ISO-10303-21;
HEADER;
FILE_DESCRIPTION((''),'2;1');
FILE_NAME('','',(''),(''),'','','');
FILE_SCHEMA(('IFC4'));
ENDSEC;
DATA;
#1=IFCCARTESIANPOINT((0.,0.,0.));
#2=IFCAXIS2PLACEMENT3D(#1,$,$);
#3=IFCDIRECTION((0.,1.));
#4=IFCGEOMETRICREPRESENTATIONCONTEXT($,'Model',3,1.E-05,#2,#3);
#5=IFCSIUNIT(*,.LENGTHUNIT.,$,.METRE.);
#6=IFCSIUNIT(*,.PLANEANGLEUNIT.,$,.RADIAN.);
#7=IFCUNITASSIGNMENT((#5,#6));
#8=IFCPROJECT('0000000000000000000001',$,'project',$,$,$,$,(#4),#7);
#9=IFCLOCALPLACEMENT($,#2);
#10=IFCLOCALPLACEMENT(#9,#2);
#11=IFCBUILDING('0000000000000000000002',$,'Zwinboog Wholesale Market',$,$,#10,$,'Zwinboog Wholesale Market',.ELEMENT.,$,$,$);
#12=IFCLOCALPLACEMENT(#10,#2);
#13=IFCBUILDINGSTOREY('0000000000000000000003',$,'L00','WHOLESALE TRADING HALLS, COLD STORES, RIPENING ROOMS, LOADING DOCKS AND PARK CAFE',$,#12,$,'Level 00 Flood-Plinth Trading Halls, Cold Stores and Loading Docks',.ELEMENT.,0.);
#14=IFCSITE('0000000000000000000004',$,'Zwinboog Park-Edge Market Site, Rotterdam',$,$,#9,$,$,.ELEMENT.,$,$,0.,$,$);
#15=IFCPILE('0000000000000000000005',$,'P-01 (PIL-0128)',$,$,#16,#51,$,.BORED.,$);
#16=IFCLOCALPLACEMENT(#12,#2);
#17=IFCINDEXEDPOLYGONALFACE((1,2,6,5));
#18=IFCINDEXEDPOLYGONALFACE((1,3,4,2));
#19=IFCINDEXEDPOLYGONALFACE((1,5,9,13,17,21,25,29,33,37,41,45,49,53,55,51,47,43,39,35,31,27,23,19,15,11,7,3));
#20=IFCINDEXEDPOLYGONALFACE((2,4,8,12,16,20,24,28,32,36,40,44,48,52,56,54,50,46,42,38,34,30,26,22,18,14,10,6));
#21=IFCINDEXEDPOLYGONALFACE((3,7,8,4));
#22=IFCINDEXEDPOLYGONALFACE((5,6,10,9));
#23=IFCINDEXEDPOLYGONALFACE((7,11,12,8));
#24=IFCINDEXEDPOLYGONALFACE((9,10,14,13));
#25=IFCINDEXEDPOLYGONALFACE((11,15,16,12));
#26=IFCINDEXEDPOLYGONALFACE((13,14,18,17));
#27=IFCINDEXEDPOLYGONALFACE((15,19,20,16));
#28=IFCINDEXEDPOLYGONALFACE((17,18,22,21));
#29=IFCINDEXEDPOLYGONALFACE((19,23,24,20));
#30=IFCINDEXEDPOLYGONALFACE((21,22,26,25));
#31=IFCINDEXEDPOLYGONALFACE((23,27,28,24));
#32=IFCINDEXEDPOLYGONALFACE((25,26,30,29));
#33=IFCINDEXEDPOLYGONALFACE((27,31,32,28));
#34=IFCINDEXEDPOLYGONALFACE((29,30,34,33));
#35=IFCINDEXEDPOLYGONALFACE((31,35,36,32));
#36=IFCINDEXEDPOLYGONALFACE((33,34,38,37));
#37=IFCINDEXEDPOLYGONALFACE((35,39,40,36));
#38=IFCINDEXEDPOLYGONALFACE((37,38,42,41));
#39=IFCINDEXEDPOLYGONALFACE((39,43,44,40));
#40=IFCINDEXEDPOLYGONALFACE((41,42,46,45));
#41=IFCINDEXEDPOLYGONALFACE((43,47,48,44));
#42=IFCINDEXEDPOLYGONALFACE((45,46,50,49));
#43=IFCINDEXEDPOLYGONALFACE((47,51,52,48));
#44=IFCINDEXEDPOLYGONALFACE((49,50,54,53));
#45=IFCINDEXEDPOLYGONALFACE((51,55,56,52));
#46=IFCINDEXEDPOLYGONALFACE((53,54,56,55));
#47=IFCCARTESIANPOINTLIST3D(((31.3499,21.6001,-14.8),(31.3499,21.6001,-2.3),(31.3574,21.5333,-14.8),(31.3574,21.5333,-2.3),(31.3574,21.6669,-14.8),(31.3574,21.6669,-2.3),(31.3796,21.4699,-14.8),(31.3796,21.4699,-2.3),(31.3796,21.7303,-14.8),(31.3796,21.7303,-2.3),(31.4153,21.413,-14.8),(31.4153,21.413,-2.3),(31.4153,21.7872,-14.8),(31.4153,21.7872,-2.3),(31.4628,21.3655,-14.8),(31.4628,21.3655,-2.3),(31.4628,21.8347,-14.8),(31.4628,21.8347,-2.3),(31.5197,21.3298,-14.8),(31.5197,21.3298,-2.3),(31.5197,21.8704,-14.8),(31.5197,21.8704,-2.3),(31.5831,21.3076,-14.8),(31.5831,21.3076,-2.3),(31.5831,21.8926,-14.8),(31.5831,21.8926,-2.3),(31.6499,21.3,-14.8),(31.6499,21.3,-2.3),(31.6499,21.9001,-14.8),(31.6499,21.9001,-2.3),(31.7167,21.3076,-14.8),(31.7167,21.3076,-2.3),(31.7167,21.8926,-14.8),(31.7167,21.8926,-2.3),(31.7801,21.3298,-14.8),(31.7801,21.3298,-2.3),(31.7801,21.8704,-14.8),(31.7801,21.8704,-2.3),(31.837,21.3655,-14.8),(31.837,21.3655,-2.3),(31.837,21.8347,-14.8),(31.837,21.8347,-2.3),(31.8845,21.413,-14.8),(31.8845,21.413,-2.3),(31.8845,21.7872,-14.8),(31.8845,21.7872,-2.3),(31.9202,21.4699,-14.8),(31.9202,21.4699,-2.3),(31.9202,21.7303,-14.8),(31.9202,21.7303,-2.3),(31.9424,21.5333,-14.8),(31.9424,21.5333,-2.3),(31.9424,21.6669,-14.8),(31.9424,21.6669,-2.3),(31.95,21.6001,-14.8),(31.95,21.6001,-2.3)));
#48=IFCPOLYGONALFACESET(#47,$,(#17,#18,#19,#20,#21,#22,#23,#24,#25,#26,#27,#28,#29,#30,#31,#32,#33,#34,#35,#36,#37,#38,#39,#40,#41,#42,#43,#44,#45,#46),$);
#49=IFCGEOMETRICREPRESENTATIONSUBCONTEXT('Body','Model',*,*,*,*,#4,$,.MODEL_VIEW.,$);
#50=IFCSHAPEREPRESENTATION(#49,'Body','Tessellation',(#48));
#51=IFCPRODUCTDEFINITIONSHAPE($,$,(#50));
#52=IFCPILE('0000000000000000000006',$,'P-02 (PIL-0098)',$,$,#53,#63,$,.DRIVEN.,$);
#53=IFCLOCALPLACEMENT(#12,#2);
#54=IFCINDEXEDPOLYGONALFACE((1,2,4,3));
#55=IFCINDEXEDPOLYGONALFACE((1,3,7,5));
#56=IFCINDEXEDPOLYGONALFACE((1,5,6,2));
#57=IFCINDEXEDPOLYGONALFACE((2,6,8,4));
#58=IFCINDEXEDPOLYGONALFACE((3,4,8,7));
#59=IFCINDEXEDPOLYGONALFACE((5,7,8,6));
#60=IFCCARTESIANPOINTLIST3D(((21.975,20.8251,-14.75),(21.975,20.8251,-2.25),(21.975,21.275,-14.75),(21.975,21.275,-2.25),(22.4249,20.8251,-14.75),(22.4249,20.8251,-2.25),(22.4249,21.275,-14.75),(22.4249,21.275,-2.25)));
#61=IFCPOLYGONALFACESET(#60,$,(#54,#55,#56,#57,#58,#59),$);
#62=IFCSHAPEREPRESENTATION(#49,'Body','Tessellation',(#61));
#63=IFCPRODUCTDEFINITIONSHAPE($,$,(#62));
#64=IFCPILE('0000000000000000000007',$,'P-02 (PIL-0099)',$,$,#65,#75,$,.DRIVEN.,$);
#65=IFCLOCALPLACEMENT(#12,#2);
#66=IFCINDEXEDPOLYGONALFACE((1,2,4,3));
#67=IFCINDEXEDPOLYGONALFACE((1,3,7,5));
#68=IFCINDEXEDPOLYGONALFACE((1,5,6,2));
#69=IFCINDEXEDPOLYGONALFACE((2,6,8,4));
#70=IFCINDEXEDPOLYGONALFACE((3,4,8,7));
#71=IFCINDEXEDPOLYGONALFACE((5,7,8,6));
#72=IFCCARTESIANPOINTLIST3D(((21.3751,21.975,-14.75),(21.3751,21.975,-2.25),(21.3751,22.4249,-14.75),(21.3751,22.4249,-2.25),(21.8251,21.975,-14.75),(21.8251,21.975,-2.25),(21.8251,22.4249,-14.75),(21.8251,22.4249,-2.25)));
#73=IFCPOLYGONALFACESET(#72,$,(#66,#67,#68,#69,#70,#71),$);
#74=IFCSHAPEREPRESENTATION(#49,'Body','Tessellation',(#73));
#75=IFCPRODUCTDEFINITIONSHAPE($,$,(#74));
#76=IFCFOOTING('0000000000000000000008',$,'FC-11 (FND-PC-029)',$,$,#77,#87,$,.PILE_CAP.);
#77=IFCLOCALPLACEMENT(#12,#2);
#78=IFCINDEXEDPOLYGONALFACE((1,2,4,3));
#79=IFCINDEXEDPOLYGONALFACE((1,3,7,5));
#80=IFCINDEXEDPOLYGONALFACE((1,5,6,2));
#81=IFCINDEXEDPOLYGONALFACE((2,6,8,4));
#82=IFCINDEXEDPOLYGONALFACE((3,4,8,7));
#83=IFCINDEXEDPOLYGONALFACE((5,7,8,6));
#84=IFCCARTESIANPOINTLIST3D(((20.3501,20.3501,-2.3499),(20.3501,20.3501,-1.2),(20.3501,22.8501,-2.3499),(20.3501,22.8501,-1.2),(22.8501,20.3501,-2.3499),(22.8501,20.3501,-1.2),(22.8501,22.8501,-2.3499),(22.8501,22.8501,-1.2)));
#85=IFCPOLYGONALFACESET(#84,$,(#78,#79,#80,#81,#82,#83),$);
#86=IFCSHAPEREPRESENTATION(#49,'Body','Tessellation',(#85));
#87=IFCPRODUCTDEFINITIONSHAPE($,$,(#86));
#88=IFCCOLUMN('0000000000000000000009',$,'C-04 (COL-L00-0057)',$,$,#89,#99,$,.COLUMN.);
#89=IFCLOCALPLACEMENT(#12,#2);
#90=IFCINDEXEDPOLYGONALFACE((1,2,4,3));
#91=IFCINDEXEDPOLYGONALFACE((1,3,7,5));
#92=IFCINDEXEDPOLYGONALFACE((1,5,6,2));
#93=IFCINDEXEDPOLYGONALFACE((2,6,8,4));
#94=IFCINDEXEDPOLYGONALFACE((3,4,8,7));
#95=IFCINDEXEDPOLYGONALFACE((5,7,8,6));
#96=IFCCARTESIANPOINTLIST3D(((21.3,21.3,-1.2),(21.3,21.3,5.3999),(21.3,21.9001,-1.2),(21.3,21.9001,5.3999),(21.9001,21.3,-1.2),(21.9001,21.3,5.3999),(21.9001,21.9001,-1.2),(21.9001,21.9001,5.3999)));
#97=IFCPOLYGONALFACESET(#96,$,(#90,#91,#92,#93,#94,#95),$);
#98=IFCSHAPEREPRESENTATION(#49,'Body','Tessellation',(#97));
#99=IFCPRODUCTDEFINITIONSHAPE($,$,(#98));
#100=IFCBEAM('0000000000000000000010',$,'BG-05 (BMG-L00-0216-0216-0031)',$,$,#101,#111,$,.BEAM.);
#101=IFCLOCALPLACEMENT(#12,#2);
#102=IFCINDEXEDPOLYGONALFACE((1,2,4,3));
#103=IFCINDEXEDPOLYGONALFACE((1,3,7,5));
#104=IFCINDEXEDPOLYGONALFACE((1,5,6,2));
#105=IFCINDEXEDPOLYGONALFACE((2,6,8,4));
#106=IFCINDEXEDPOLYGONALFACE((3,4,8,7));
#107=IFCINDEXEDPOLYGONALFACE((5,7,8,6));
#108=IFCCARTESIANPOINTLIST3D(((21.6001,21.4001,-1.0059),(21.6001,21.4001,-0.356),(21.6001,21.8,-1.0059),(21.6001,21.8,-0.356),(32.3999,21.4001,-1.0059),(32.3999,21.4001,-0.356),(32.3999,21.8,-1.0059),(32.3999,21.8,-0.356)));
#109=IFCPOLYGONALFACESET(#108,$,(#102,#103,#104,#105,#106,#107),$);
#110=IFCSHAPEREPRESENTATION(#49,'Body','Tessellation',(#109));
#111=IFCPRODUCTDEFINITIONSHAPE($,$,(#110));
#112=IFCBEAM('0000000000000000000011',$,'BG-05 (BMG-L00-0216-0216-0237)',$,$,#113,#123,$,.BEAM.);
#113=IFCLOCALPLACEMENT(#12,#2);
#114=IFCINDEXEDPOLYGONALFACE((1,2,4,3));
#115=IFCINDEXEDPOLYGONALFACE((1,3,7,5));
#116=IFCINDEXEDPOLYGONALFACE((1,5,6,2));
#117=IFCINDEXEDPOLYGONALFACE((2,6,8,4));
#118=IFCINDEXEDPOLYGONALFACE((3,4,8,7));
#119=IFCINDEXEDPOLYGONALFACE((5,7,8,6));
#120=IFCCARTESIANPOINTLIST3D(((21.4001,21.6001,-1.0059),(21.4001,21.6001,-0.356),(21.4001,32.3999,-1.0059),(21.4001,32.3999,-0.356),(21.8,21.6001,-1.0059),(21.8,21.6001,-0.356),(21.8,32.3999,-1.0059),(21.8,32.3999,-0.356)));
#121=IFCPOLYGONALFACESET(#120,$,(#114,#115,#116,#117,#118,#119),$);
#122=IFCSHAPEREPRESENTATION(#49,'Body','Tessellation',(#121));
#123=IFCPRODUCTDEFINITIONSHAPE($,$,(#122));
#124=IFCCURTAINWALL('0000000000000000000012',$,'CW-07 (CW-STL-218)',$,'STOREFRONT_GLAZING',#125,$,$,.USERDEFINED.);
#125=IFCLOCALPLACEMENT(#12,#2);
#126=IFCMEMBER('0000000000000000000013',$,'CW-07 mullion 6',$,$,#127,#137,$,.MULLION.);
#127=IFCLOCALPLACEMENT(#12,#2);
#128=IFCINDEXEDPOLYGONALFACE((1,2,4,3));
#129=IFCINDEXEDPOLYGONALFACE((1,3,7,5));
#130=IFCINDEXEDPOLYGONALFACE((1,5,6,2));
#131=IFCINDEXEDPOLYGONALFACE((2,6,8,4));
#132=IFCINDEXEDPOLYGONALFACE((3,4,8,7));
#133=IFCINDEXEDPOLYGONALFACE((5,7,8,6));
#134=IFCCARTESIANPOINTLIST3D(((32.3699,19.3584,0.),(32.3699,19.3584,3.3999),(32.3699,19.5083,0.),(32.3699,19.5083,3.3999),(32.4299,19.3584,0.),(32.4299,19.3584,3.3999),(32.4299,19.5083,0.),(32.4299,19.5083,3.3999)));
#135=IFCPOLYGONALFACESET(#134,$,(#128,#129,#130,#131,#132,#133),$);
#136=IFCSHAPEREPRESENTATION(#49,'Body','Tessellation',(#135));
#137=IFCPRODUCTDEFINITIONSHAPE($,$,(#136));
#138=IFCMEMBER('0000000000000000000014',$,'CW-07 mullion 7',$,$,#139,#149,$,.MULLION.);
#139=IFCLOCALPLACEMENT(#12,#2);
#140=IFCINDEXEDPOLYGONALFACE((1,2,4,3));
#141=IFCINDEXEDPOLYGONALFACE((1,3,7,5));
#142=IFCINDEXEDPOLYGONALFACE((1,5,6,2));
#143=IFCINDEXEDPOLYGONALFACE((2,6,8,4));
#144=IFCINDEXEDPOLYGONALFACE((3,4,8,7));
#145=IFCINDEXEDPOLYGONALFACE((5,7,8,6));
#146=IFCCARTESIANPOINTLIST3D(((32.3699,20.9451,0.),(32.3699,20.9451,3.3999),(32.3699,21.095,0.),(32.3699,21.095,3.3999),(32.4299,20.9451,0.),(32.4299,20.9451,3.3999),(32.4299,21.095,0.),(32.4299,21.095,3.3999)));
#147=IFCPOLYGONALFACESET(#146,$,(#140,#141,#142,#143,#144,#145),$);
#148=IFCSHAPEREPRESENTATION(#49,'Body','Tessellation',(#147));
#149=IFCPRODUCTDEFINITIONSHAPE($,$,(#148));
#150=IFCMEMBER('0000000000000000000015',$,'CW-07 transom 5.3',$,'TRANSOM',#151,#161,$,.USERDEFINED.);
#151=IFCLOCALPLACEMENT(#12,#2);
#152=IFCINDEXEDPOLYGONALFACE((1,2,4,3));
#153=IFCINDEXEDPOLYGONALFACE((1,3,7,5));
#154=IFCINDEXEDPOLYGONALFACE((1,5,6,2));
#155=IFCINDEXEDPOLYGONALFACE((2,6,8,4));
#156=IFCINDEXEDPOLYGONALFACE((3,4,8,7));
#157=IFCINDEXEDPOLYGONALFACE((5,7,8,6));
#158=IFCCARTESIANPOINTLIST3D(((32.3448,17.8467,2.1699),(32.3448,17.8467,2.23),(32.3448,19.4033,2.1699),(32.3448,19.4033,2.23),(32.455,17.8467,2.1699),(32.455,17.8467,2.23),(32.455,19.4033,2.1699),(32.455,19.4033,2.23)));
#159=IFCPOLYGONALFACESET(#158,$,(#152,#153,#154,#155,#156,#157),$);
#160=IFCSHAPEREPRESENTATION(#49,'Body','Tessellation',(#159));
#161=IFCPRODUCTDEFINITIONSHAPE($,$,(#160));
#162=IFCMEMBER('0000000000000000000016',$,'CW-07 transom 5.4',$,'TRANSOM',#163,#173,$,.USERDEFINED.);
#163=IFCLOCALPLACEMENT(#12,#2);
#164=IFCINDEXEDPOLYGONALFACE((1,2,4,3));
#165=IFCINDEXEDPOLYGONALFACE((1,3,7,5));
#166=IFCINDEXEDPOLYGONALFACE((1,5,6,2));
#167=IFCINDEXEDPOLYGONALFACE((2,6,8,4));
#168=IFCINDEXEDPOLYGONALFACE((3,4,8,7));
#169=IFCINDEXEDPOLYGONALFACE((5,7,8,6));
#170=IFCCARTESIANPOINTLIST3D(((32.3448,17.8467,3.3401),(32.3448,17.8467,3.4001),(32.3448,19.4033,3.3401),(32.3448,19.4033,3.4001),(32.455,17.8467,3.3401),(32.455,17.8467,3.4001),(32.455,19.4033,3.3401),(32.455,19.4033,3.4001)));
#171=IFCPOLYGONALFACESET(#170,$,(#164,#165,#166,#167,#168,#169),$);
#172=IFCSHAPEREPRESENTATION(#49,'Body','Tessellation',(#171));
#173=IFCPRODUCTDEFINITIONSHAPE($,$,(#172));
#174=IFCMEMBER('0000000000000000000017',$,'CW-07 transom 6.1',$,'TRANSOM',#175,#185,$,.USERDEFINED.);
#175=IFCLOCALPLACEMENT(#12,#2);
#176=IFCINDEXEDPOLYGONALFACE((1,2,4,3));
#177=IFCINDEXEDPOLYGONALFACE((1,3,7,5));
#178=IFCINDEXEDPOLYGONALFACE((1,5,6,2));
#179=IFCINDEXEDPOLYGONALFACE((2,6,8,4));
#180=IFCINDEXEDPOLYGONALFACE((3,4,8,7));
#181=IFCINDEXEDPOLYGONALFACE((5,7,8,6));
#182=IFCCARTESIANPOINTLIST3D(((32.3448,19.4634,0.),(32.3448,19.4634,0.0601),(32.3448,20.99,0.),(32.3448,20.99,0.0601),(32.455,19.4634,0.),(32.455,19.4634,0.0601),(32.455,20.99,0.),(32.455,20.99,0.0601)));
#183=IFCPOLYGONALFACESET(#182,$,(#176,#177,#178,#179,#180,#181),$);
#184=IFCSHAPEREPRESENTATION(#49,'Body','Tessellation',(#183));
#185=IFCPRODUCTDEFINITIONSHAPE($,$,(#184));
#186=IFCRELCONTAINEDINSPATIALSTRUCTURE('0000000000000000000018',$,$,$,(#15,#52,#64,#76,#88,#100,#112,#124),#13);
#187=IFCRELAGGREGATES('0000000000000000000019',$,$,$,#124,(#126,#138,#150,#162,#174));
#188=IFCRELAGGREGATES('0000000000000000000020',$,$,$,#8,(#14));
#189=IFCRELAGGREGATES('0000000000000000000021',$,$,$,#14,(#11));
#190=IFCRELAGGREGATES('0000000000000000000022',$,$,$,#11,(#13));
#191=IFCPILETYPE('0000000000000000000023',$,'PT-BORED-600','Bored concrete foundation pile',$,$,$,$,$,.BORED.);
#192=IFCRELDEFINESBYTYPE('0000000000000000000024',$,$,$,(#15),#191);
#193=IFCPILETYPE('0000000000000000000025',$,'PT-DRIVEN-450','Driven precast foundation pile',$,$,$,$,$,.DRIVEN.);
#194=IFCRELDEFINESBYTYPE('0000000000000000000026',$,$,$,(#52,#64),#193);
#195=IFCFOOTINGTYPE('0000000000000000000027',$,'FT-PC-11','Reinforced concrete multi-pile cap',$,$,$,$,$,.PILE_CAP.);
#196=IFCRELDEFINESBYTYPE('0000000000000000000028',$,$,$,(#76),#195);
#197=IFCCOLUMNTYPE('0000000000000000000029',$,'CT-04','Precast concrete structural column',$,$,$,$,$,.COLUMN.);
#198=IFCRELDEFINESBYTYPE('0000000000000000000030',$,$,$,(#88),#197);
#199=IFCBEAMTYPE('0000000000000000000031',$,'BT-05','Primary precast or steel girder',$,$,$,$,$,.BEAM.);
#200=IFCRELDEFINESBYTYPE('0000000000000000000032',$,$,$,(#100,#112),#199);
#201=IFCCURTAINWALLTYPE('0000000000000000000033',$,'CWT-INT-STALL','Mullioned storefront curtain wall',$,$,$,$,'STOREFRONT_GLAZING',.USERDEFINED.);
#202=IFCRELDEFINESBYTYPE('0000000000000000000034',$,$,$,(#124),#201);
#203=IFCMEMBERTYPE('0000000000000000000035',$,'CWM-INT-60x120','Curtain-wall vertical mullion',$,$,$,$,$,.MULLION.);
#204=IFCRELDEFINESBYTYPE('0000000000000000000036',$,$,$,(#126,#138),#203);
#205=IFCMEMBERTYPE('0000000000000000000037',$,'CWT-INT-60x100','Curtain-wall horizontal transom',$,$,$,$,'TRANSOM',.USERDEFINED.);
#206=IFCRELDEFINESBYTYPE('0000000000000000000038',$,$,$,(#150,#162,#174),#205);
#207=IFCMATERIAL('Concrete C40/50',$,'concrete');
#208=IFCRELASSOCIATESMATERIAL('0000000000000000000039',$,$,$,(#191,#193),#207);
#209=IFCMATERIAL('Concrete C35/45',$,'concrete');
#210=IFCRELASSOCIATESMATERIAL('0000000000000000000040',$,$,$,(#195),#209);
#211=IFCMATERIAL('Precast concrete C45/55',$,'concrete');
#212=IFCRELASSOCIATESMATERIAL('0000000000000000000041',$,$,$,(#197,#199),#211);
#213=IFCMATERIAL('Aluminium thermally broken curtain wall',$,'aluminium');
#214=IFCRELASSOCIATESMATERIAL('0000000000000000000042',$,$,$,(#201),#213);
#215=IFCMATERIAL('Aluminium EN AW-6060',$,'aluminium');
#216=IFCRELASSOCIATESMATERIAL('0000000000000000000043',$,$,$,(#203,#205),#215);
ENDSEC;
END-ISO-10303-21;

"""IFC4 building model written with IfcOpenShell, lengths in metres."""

from ifc_helpers import new_model, si_unit, direction, frame, origin, origin_2d, place, context, subcontext, project, spatial, rectangle, circle, extrude, material, material_profile, profile_set, type_object, element, aggregate, save


model = new_model("IFC4")

# Units and contexts
model_context = context("Model", 3, precision=1e-05, world=origin(), true_north=direction((0.0, 1.0)))
body_context = subcontext(model_context, "Body", "Model", "MODEL_VIEW")
ifc_project = project(units=[si_unit("LENGTHUNIT", "METRE"), si_unit("PLANEANGLEUNIT", "RADIAN")], contexts=[model_context])

# Site, building, storey
site_placement = place(None, origin())
site = spatial("IfcSite", under=ifc_project, at=site_placement, Name="Zwinboog Park-Edge Market Site, Rotterdam", CompositionType="ELEMENT", RefElevation=0.0)
building_placement = place(site_placement, origin())
building = spatial("IfcBuilding", under=site, at=building_placement, Name="Zwinboog Wholesale Market", LongName="Zwinboog Wholesale Market", CompositionType="ELEMENT")
storey_placement = place(building_placement, origin())
storey = spatial("IfcBuildingStorey", under=building, at=storey_placement, Name="L00", Description="WHOLESALE TRADING HALLS, COLD STORES, RIPENING ROOMS, LOADING DOCKS AND PARK CAFE", LongName="Level 00 Flood-Plinth Trading Halls, Cold Stores and Loading Docks", CompositionType="ELEMENT", Elevation=0.0)

# Piles
ifc_material_1 = material(Name="Concrete C40/50", Category="concrete")
ifc_material_profile_1 = material_profile(ifc_material_1, circle(Radius=0.3, at=origin_2d()), Name="PILE D600")
ifc_profile_set_1 = profile_set([ifc_material_profile_1], Name="Concrete C40/50")
pile_type_1 = type_object("IfcPileType", Name="PT-BORED-600", Description="Bored concrete foundation pile", PredefinedType="BORED", material=ifc_profile_set_1)
pile_placement = place(storey_placement, frame((31.6499, 21.6001, -2.3), z_axis=(0.0, 0.0, -1.0), x_axis=(1.0, 0.0, 0.0)))
element("IfcPile", 1, at=pile_placement, inside=storey, type_object=pile_type_1, Name="P-01 (PIL-0128)", PredefinedType="BORED", context=body_context, shape_type="SweptSolid", body=[
    extrude(circle(Radius=0.3, at=origin_2d()), origin(), (0.0, 0.0, 1.0), 12.5),
])
ifc_material_profile_2 = material_profile(ifc_material_1, rectangle(XDim=0.45, YDim=0.45, at=origin_2d()), Name="PILE SQ450")
ifc_profile_set_2 = profile_set([ifc_material_profile_2], Name="Concrete C40/50")
pile_type_2 = type_object("IfcPileType", Name="PT-DRIVEN-450", Description="Driven precast foundation pile", PredefinedType="DRIVEN", material=ifc_profile_set_2)
for number, where, z_axis, x_axis, name in (
    (2, (22.2, 21.05, -2.25), (0.0, 0.0, -1.0), (1.0, 0.0, 0.0), "P-02 (PIL-0098)"),
    (3, (21.6001, 22.2, -2.25), (0.0, 0.0, -1.0), (1.0, 0.0, 0.0), "P-02 (PIL-0099)"),
):
    element("IfcPile", number, at=place(storey_placement, frame(where, z_axis=z_axis, x_axis=x_axis)), inside=storey, type_object=pile_type_2, Name=name, PredefinedType="DRIVEN", context=body_context, shape_type="SweptSolid", body=[
        extrude(rectangle(XDim=0.45, YDim=0.45, at=origin_2d()), origin(), (0.0, 0.0, 1.0), 12.5),
    ])

# Footing
ifc_material_2 = material(Name="Concrete C35/45", Category="concrete")
footing_type = type_object("IfcFootingType", Name="FT-PC-11", Description="Reinforced concrete multi-pile cap", PredefinedType="PILE_CAP", material=ifc_material_2)
footing_placement = place(storey_placement, frame((21.6001, 21.6001, -2.3499), z_axis=(0.0, 0.0, 1.0), x_axis=(1.0, 0.0, 0.0)))
element("IfcFooting", 4, at=footing_placement, inside=storey, type_object=footing_type, Name="FC-11 (FND-PC-029)", PredefinedType="PILE_CAP", context=body_context, shape_type="SweptSolid", body=[
    extrude(rectangle(XDim=2.5, YDim=2.5, at=origin_2d()), origin(), (0.0, 0.0, 1.0), 1.1499),
])

# Column
ifc_material_3 = material(Name="Precast concrete C45/55", Category="concrete")
ifc_material_profile_3 = material_profile(ifc_material_3, rectangle(XDim=0.6001, YDim=0.6001, at=origin_2d()), Name="PC 600x600")
ifc_profile_set_3 = profile_set([ifc_material_profile_3], Name="Precast concrete C45/55")
column_type = type_object("IfcColumnType", Name="CT-04", Description="Precast concrete structural column", PredefinedType="COLUMN", material=ifc_profile_set_3)
column_placement = place(storey_placement, frame((21.6001, 21.6001, -1.2), z_axis=(0.0, 0.0, 1.0), x_axis=(1.0, 0.0, 0.0)))
element("IfcColumn", 5, at=column_placement, inside=storey, type_object=column_type, Name="C-04 (COL-L00-0057)", PredefinedType="COLUMN", context=body_context, shape_type="SweptSolid", body=[
    extrude(rectangle(XDim=0.6001, YDim=0.6001, at=origin_2d()), origin(), (0.0, 0.0, 1.0), 6.5999),
])

# Beams
ifc_material_profile_4 = material_profile(ifc_material_3, rectangle(XDim=0.3999, YDim=0.6499, at=origin_2d()), Name="PC 400x650")
ifc_profile_set_4 = profile_set([ifc_material_profile_4], Name="Precast concrete C45/55")
beam_type = type_object("IfcBeamType", Name="BT-05", Description="Primary precast or steel girder", PredefinedType="BEAM", material=ifc_profile_set_4)
for number, where, z_axis, x_axis, name in (
    (6, (21.6001, 21.6001, -0.6809), (1.0, 0.0, 0.0), (0.0, 1.0, 0.0), "BG-05 (BMG-L00-0216-0216-0031)"),
    (7, (21.6001, 21.6001, -0.6809), (0.0, 1.0, 0.0), (-1.0, 0.0, 0.0), "BG-05 (BMG-L00-0216-0216-0237)"),
):
    element("IfcBeam", number, at=place(storey_placement, frame(where, z_axis=z_axis, x_axis=x_axis)), inside=storey, type_object=beam_type, Name=name, PredefinedType="BEAM", context=body_context, shape_type="SweptSolid", body=[
        extrude(rectangle(XDim=0.3999, YDim=0.6499, at=origin_2d()), origin(), (0.0, 0.0, 1.0), 10.7998),
    ])

# Curtain wall, members
ifc_material_4 = material(Name="Aluminium thermally broken curtain wall", Category="aluminium")
curtain_wall_type = type_object("IfcCurtainWallType", Name="CWT-INT-STALL", Description="Mullioned storefront curtain wall", ElementType="STOREFRONT_GLAZING", PredefinedType="USERDEFINED", material=ifc_material_4)
curtain_wall_placement = place(storey_placement, origin())
curtain_wall = element("IfcCurtainWall", 8, at=curtain_wall_placement, inside=storey, type_object=curtain_wall_type, Name="CW-07 (CW-STL-218)", ObjectType="STOREFRONT_GLAZING", PredefinedType="USERDEFINED")
ifc_material_5 = material(Name="Aluminium EN AW-6060", Category="aluminium")
ifc_material_profile_5 = material_profile(ifc_material_5, rectangle(XDim=0.0601, YDim=0.1499, at=origin_2d()), Name="AL 60x150")
ifc_profile_set_5 = profile_set([ifc_material_profile_5], Name="Aluminium EN AW-6060")
member_type_1 = type_object("IfcMemberType", Name="CWM-INT-60x120", Description="Curtain-wall vertical mullion", PredefinedType="MULLION", material=ifc_profile_set_5)
member_1_placement = place(storey_placement, frame((32.3999, 19.4333, 0.0), z_axis=(0.0, 0.0, 1.0), x_axis=(-1.0, 0.0, 0.0)))
member_1 = element("IfcMember", 9, at=member_1_placement, type_object=member_type_1, Name="CW-07 mullion 6", PredefinedType="MULLION", context=body_context, shape_type="SweptSolid", body=[
    extrude(rectangle(XDim=0.0601, YDim=0.1499, at=origin_2d()), origin(), (0.0, 0.0, 1.0), 3.3999),
])
member_2_placement = place(storey_placement, frame((32.3999, 21.02, 0.0), z_axis=(0.0, 0.0, 1.0), x_axis=(-1.0, 0.0, 0.0)))
member_2 = element("IfcMember", 10, at=member_2_placement, type_object=member_type_1, Name="CW-07 mullion 7", PredefinedType="MULLION", context=body_context, shape_type="SweptSolid", body=[
    extrude(rectangle(XDim=0.0601, YDim=0.1499, at=origin_2d()), origin(), (0.0, 0.0, 1.0), 3.3999),
])
ifc_material_profile_6 = material_profile(ifc_material_5, rectangle(XDim=0.1101, YDim=0.0601, at=origin_2d()), Name="AL 60x110")
ifc_profile_set_6 = profile_set([ifc_material_profile_6], Name="Aluminium EN AW-6060")
member_type_2 = type_object("IfcMemberType", Name="CWT-INT-60x100", Description="Curtain-wall horizontal transom", ElementType="TRANSOM", PredefinedType="USERDEFINED", material=ifc_profile_set_6)
member_3_placement = place(storey_placement, frame((32.3999, 17.8467, 2.2), z_axis=(0.0, 1.0, 0.0), x_axis=(-1.0, 0.0, 0.0)))
member_3 = element("IfcMember", 11, at=member_3_placement, type_object=member_type_2, Name="CW-07 transom 5.3", ObjectType="TRANSOM", PredefinedType="USERDEFINED", context=body_context, shape_type="SweptSolid", body=[
    extrude(rectangle(XDim=0.1101, YDim=0.0601, at=origin_2d()), origin(), (0.0, 0.0, 1.0), 1.5566),
])
member_4_placement = place(storey_placement, frame((32.3999, 17.8467, 3.3701), z_axis=(0.0, 1.0, 0.0), x_axis=(-1.0, 0.0, 0.0)))
member_4 = element("IfcMember", 12, at=member_4_placement, type_object=member_type_2, Name="CW-07 transom 5.4", ObjectType="TRANSOM", PredefinedType="USERDEFINED", context=body_context, shape_type="SweptSolid", body=[
    extrude(rectangle(XDim=0.1101, YDim=0.0601, at=origin_2d()), origin(), (0.0, 0.0, 1.0), 1.5566),
])
member_5_placement = place(storey_placement, frame((32.3999, 19.4634, 0.03), z_axis=(0.0, 1.0, 0.0), x_axis=(-1.0, 0.0, 0.0)))
member_5 = element("IfcMember", 13, at=member_5_placement, type_object=member_type_2, Name="CW-07 transom 6.1", ObjectType="TRANSOM", PredefinedType="USERDEFINED", context=body_context, shape_type="SweptSolid", body=[
    extrude(rectangle(XDim=0.1101, YDim=0.0601, at=origin_2d()), origin(), (0.0, 0.0, 1.0), 1.5266),
])
aggregate(curtain_wall, [member_1, member_2, member_3, member_4, member_5])

save(model, "model.ifc")
